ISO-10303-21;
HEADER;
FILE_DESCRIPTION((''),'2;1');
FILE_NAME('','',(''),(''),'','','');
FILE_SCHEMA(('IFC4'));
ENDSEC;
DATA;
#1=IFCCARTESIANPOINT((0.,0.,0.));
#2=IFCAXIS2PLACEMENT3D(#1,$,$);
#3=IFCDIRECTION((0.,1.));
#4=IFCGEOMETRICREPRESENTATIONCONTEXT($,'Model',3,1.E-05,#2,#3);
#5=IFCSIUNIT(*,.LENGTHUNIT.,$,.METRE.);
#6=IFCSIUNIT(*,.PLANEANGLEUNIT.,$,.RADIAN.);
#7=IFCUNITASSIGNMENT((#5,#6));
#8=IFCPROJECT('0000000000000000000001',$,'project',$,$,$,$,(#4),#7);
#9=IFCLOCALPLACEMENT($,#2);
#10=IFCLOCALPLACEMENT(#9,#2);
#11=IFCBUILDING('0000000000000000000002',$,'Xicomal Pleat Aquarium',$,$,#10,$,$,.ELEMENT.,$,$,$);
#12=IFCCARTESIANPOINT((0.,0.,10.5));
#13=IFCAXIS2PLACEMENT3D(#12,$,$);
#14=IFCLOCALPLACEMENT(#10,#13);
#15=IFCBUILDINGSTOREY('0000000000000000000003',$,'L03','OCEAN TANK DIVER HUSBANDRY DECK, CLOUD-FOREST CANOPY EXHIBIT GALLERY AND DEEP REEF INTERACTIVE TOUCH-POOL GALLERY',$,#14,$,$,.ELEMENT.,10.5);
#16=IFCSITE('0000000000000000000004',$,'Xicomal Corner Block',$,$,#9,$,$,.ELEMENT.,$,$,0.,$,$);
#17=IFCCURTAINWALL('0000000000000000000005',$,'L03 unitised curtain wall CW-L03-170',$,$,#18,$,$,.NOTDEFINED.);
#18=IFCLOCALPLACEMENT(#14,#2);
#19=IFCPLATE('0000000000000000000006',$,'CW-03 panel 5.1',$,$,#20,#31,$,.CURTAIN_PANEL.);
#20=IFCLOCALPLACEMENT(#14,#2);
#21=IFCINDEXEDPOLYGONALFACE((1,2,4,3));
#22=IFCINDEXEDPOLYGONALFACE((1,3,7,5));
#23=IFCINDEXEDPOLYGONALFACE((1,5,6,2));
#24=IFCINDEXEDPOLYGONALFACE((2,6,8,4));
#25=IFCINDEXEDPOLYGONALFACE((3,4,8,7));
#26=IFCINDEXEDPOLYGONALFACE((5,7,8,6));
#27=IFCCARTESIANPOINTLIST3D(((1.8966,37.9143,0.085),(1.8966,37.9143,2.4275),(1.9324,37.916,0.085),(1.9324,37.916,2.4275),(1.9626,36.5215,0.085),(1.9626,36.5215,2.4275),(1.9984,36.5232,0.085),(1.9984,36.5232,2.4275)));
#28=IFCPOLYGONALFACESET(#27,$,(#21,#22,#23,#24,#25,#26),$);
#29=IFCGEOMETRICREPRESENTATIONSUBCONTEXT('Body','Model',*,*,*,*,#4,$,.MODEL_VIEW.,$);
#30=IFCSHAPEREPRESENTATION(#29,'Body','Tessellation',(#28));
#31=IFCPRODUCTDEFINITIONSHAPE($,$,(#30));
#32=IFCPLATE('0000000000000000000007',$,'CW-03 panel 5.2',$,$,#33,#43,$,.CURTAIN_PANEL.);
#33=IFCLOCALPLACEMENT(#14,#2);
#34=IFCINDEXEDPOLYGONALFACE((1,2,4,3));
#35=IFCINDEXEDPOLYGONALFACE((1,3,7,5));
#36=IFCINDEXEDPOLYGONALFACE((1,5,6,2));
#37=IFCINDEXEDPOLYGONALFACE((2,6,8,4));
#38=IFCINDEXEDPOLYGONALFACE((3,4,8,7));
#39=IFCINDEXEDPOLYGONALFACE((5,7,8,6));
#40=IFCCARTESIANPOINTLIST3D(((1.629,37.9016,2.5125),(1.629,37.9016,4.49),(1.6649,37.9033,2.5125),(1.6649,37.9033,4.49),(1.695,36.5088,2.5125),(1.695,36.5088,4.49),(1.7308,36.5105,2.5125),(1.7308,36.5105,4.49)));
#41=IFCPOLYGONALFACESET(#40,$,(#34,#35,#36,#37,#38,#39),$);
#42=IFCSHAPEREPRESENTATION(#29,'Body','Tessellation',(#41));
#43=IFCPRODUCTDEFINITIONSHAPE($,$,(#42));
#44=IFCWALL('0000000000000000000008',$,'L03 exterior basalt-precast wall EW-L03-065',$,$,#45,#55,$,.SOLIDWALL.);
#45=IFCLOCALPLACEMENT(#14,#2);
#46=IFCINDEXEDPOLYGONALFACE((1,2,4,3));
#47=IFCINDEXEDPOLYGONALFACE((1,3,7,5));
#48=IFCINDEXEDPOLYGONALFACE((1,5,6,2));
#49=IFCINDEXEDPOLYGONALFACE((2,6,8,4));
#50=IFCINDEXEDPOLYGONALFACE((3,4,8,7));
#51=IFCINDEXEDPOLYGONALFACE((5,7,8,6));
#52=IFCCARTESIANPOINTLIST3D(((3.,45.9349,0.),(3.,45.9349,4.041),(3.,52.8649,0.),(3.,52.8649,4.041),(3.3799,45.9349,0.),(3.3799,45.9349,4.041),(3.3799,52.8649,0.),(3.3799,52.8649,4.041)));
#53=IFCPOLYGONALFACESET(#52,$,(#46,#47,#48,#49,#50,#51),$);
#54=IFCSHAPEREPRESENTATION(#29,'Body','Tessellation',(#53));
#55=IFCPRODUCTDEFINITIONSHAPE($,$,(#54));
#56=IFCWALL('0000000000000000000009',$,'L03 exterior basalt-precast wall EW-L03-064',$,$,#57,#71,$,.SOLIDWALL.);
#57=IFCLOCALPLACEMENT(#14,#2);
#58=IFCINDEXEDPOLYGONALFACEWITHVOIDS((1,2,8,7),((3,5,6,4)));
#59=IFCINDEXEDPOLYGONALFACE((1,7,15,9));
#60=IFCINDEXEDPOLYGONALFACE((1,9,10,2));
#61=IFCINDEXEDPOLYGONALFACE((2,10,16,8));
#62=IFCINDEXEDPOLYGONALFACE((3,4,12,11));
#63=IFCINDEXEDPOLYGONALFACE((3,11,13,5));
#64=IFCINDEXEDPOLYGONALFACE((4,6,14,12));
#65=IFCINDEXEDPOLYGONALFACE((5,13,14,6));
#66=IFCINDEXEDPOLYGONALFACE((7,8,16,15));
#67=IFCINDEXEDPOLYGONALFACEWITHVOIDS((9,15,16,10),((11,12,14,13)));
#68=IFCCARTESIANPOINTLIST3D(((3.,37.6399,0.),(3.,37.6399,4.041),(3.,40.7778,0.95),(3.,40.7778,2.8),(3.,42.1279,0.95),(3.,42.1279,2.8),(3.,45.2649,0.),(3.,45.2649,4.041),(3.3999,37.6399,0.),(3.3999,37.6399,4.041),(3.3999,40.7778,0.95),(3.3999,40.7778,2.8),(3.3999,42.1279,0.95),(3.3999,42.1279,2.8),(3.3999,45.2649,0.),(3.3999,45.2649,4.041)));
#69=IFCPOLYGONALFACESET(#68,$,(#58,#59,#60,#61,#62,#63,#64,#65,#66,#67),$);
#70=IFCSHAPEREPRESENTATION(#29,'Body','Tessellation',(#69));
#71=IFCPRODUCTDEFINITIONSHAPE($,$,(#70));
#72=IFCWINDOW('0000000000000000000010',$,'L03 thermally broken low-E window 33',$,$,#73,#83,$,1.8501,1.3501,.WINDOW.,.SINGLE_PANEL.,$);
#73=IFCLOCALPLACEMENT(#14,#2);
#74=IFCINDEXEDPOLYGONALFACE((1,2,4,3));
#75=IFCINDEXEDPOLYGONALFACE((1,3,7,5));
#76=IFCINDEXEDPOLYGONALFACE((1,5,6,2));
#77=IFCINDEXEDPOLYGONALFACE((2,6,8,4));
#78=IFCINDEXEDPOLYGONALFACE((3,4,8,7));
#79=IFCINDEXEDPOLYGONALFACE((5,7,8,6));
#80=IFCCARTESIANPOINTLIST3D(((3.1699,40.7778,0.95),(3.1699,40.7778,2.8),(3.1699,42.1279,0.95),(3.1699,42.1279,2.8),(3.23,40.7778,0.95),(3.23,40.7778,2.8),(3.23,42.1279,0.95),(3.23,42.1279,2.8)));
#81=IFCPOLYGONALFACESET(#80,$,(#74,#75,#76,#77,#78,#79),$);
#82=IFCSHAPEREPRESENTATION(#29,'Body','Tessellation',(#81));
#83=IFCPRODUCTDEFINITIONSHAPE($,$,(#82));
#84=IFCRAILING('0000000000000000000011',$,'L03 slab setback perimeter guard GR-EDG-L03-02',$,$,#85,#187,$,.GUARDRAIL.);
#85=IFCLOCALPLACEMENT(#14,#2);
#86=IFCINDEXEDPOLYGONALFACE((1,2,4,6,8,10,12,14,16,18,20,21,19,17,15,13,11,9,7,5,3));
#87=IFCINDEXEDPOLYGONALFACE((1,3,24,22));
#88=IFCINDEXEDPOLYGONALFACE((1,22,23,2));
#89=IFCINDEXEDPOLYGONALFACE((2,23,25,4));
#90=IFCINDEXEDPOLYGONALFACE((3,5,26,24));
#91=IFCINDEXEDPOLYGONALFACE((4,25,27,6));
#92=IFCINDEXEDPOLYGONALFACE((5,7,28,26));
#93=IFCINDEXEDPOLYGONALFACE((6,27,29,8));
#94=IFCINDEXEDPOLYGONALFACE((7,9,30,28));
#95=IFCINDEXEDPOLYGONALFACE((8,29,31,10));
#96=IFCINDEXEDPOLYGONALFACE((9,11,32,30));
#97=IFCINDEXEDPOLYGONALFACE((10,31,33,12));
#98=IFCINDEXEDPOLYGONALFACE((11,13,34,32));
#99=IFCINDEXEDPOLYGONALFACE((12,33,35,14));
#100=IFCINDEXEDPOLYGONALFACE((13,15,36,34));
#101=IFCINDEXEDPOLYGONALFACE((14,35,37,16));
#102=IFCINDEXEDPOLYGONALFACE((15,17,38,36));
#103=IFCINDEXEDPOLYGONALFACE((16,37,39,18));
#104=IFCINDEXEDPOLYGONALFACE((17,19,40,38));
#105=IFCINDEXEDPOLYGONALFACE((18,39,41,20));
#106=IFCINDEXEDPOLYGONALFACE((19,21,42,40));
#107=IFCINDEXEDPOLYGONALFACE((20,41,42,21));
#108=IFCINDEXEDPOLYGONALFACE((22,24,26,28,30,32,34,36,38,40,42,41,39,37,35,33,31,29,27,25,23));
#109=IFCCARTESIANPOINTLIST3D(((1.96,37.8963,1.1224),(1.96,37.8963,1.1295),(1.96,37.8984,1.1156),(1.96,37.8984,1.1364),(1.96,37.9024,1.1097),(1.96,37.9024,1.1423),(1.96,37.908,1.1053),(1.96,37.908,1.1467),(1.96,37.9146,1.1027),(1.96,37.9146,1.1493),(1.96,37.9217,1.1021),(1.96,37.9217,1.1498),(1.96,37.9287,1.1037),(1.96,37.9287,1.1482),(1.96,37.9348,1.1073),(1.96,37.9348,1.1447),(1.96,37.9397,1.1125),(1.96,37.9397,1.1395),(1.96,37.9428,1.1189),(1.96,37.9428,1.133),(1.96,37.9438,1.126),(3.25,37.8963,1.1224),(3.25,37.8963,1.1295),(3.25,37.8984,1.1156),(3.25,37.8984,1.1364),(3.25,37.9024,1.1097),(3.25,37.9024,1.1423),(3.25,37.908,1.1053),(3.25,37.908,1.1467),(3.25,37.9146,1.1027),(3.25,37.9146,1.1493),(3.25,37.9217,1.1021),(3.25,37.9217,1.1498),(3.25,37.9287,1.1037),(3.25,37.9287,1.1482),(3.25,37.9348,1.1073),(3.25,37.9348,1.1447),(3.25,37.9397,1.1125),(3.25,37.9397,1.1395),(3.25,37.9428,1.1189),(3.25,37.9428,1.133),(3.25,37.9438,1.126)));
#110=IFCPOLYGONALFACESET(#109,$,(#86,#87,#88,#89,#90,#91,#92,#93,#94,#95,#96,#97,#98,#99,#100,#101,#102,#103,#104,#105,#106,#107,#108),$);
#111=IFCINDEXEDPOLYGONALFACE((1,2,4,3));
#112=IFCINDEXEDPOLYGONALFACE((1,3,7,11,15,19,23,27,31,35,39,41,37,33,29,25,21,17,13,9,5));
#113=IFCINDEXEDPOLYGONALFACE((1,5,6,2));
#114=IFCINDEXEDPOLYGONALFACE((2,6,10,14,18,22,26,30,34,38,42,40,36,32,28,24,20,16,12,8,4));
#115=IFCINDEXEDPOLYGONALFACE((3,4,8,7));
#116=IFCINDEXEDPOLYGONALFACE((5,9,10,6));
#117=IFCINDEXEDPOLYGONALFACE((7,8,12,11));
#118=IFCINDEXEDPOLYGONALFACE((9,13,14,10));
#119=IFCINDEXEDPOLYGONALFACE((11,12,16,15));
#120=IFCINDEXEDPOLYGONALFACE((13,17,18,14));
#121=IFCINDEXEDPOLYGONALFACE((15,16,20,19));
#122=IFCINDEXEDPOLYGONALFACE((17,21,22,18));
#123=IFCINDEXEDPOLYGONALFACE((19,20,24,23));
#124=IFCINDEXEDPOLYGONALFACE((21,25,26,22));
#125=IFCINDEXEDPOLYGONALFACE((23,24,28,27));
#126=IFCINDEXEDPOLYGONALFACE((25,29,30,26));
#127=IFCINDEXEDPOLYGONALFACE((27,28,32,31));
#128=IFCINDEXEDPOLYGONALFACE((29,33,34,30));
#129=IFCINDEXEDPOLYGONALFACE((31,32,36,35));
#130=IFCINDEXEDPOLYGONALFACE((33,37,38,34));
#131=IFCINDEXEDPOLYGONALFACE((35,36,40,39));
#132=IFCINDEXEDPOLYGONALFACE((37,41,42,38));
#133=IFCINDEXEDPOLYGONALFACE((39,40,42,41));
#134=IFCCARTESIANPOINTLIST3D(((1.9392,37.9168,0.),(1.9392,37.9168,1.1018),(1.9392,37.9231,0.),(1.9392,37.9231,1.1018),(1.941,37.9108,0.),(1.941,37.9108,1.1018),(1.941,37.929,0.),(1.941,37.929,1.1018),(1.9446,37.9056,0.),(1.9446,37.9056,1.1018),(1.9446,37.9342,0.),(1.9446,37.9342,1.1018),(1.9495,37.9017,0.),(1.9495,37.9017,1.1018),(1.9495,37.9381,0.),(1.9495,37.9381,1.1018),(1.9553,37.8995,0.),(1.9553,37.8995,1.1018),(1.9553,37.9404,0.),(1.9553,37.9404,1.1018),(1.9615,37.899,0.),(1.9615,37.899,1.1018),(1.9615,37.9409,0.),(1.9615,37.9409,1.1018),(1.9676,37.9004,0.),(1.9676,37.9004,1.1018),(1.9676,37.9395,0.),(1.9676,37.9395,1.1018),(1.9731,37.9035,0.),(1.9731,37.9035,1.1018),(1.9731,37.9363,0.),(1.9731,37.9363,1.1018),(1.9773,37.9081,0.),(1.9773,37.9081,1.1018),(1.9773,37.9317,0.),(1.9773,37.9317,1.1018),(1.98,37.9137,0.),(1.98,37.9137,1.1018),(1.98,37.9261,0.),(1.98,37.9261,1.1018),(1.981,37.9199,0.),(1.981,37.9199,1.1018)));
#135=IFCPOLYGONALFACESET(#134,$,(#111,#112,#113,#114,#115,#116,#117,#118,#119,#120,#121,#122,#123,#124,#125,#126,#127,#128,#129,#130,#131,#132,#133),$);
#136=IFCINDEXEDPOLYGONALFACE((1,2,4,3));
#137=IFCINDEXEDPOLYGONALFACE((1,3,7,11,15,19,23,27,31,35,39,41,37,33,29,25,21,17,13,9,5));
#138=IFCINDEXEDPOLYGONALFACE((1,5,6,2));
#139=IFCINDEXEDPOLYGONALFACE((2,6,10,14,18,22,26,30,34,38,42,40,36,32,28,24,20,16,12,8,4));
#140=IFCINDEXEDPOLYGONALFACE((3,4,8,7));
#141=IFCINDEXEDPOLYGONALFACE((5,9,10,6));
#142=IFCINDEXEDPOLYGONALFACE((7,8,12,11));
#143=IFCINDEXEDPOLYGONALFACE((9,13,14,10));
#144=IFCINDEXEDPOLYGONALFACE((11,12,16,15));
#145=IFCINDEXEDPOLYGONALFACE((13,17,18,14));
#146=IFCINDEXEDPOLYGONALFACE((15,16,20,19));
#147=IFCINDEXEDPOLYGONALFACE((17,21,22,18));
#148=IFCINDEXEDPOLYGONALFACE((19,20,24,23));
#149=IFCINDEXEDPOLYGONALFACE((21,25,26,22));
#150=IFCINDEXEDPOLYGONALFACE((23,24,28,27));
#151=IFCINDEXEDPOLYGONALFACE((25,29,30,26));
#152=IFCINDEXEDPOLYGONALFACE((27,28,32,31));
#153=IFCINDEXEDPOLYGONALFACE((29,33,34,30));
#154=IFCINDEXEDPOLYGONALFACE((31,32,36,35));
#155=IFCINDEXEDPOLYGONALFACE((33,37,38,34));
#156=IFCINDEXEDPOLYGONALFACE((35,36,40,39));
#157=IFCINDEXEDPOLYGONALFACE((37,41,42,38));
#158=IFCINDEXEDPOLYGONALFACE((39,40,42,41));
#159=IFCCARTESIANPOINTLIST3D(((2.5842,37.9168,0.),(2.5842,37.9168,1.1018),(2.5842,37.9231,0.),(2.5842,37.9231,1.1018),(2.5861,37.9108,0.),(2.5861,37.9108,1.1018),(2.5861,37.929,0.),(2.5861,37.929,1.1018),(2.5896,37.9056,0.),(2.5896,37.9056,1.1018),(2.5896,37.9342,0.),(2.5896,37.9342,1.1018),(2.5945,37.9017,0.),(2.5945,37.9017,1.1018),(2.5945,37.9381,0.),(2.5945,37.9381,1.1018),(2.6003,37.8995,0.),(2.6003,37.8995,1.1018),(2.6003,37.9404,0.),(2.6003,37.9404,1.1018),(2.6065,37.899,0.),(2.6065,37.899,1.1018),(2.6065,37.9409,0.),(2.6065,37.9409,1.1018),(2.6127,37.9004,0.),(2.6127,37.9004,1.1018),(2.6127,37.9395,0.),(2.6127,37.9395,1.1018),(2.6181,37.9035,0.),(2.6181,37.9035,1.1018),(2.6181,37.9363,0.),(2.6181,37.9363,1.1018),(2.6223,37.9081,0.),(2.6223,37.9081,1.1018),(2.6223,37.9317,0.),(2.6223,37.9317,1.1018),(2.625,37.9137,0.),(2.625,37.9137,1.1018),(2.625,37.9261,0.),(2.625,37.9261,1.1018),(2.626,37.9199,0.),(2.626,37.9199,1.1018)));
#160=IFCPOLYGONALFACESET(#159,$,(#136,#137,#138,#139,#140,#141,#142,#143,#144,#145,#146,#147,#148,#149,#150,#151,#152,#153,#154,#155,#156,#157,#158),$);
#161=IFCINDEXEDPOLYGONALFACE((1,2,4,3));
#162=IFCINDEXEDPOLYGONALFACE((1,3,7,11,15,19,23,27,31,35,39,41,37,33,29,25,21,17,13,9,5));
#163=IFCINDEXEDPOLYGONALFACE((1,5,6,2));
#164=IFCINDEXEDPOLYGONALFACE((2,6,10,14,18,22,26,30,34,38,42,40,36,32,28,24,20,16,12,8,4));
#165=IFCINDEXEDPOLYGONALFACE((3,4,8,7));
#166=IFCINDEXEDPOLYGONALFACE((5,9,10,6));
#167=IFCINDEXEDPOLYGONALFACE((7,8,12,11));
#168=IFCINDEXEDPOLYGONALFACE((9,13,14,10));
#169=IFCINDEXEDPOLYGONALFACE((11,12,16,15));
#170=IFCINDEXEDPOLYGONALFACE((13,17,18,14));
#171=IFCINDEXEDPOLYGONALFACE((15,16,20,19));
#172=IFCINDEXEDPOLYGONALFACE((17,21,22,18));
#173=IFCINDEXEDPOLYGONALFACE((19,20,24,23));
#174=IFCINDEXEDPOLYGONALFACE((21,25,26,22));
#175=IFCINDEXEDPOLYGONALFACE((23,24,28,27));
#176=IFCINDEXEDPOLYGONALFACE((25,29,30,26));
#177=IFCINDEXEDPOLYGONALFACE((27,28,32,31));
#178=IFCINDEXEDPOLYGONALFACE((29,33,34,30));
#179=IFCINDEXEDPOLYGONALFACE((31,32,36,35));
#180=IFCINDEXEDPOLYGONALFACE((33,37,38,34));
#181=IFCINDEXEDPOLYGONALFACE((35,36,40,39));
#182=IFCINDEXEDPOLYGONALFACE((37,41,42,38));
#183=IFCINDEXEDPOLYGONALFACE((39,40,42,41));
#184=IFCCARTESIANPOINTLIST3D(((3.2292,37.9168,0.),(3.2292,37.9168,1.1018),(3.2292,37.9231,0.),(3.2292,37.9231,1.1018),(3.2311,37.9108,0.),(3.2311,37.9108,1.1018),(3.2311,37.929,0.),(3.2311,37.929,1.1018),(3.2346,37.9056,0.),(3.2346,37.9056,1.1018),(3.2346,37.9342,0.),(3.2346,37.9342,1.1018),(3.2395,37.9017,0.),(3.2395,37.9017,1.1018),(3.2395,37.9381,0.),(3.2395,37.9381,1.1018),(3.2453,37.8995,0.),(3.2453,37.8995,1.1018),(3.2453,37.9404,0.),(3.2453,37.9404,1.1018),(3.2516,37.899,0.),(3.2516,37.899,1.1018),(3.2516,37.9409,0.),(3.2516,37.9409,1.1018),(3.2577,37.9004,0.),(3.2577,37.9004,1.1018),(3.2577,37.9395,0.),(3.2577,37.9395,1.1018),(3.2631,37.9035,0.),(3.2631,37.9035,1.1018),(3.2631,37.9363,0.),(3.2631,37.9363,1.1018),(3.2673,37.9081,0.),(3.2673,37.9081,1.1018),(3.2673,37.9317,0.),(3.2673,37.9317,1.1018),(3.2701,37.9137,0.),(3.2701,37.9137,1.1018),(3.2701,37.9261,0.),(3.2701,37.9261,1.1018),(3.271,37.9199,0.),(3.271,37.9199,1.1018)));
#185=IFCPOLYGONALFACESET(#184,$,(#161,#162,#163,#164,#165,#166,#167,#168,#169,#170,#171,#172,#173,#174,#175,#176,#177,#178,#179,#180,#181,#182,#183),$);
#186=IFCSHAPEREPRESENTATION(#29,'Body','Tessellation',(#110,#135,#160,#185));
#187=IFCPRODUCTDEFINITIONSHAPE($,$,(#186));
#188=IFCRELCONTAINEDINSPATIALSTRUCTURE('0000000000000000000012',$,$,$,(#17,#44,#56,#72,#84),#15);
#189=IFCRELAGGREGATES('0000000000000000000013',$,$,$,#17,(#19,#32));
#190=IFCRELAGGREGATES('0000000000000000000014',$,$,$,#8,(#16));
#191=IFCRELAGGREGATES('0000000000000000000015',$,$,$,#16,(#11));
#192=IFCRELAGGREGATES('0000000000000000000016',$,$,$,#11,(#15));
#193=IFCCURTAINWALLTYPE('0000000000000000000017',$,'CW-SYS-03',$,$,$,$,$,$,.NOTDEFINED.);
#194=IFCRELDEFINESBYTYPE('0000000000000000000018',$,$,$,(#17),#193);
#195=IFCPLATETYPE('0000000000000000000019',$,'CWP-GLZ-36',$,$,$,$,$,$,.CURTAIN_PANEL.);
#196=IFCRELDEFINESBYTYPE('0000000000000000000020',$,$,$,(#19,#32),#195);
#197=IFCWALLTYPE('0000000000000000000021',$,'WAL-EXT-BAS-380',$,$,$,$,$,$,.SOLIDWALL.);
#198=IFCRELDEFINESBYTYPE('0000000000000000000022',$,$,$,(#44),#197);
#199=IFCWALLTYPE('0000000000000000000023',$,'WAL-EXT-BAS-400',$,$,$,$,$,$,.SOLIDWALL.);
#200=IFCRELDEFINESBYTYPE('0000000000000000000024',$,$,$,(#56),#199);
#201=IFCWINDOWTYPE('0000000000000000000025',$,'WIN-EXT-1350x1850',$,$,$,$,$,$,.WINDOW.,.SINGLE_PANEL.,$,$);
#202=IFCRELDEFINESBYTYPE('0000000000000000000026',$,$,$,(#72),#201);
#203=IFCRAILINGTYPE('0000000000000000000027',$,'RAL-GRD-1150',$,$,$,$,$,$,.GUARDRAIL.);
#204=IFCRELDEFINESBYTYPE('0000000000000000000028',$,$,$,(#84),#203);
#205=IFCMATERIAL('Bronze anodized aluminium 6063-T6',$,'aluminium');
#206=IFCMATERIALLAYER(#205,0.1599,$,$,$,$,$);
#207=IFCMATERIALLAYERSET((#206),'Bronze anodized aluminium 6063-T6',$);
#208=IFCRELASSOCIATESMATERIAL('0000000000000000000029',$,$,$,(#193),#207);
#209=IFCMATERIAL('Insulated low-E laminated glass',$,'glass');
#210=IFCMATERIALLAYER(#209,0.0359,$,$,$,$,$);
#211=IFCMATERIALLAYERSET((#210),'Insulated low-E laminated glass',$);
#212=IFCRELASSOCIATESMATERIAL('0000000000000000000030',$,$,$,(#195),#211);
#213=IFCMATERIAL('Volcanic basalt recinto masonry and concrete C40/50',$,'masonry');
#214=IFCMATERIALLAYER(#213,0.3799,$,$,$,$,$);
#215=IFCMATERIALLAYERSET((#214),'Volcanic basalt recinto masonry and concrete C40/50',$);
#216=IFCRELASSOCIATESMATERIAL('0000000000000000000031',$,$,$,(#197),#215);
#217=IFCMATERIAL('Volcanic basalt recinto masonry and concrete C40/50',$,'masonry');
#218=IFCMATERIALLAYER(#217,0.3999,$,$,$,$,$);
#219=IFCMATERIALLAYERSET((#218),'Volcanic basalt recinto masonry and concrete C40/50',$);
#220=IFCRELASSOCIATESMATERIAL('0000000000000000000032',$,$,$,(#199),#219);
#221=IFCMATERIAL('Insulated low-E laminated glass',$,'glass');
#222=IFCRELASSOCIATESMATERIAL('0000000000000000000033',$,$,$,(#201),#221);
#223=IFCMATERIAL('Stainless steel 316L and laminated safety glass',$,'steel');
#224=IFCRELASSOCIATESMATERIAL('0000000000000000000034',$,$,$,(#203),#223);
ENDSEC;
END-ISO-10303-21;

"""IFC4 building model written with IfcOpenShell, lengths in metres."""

from ifc_helpers import new_model, si_unit, direction, frame, frame_2d, origin, origin_2d, place, context, subcontext, project, spatial, rectangle, circle, extrude, material, layer, layer_set, type_object, element, fill, aggregate, save


model = new_model("IFC4")

# Units and contexts
model_context = context("Model", 3, precision=1e-05, world=origin(), true_north=direction((0.0, 1.0)))
body_context = subcontext(model_context, "Body", "Model", "MODEL_VIEW")
ifc_project = project(units=[si_unit("LENGTHUNIT", "METRE"), si_unit("PLANEANGLEUNIT", "RADIAN")], contexts=[model_context])

# Site, building, storey
site_placement = place(None, origin())
site = spatial("IfcSite", under=ifc_project, at=site_placement, Name="Xicomal Corner Block", CompositionType="ELEMENT", RefElevation=0.0)
building_placement = place(site_placement, origin())
building = spatial("IfcBuilding", under=site, at=building_placement, Name="Xicomal Pleat Aquarium", CompositionType="ELEMENT")
storey_placement = place(building_placement, frame((0.0, 0.0, 10.5)))
storey = spatial("IfcBuildingStorey", under=building, at=storey_placement, Name="L03", Description="OCEAN TANK DIVER HUSBANDRY DECK, CLOUD-FOREST CANOPY EXHIBIT GALLERY AND DEEP REEF INTERACTIVE TOUCH-POOL GALLERY", CompositionType="ELEMENT", Elevation=10.5)

# Curtain wall, plates
ifc_material_1 = material(Name="Bronze anodized aluminium 6063-T6", Category="aluminium")
ifc_layer_1 = layer(ifc_material_1, 0.1599)
ifc_layer_set_1 = layer_set([ifc_layer_1], Name="Bronze anodized aluminium 6063-T6")
curtain_wall_type = type_object("IfcCurtainWallType", Name="CW-SYS-03", PredefinedType="NOTDEFINED", material=ifc_layer_set_1)
curtain_wall_placement = place(storey_placement, origin())
curtain_wall = element("IfcCurtainWall", 1, at=curtain_wall_placement, inside=storey, type_object=curtain_wall_type, Name="L03 unitised curtain wall CW-L03-170", PredefinedType="NOTDEFINED")
ifc_material_2 = material(Name="Insulated low-E laminated glass", Category="glass")
ifc_layer_2 = layer(ifc_material_2, 0.0359)
ifc_layer_set_2 = layer_set([ifc_layer_2], Name="Insulated low-E laminated glass")
plate_type = type_object("IfcPlateType", Name="CWP-GLZ-36", PredefinedType="CURTAIN_PANEL", material=ifc_layer_set_2)
plate_1_placement = place(storey_placement, frame((1.9475, 37.2188, 0.085), z_axis=(0.0, 0.0, 1.0), x_axis=(-0.047315, 0.99888, 0.0)))
plate_1 = element("IfcPlate", 2, at=plate_1_placement, type_object=plate_type, Name="CW-03 panel 5.1", PredefinedType="CURTAIN_PANEL", context=body_context, shape_type="SweptSolid", body=[
    extrude(rectangle(XDim=1.3943, YDim=0.0359, at=origin_2d()), origin(), (0.0, 0.0, 1.0), 2.3425),
])
plate_2_placement = place(storey_placement, frame((1.6799, 37.2061, 2.5125), z_axis=(0.0, 0.0, 1.0), x_axis=(-0.047315, 0.99888, 0.0)))
plate_2 = element("IfcPlate", 3, at=plate_2_placement, type_object=plate_type, Name="CW-03 panel 5.2", PredefinedType="CURTAIN_PANEL", context=body_context, shape_type="SweptSolid", body=[
    extrude(rectangle(XDim=1.3943, YDim=0.0359, at=origin_2d()), origin(), (0.0, 0.0, 1.0), 1.9775),
])
aggregate(curtain_wall, [plate_1, plate_2])

# Wall
ifc_material_3 = material(Name="Volcanic basalt recinto masonry and concrete C40/50", Category="masonry")
ifc_layer_3 = layer(ifc_material_3, 0.3799)
ifc_layer_set_3 = layer_set([ifc_layer_3], Name="Volcanic basalt recinto masonry and concrete C40/50")
wall_type_1 = type_object("IfcWallType", Name="WAL-EXT-BAS-380", PredefinedType="SOLIDWALL", material=ifc_layer_set_3)
wall_1_placement = place(storey_placement, frame((3.1899, 45.9351, 0.0), z_axis=(0.0, 0.0, 1.0), x_axis=(0.0, 1.0, 0.0)))
element("IfcWall", 4, at=wall_1_placement, inside=storey, type_object=wall_type_1, Name="L03 exterior basalt-precast wall EW-L03-065", PredefinedType="SOLIDWALL", context=body_context, shape_type="SweptSolid", body=[
    extrude(rectangle(XDim=6.9299, YDim=0.3799, at=frame_2d((3.4648, 0.0))), origin(), (0.0, 0.0, 1.0), 4.041),
])

# Wall, opening, window
ifc_material_4 = material(Name="Volcanic basalt recinto masonry and concrete C40/50", Category="masonry")
ifc_layer_4 = layer(ifc_material_4, 0.3999)
ifc_layer_set_4 = layer_set([ifc_layer_4], Name="Volcanic basalt recinto masonry and concrete C40/50")
wall_type_2 = type_object("IfcWallType", Name="WAL-EXT-BAS-400", PredefinedType="SOLIDWALL", material=ifc_layer_set_4)
wall_2_placement = place(storey_placement, frame((3.2, 37.6399, 0.0), z_axis=(0.0, 0.0, 1.0), x_axis=(0.0, 1.0, 0.0)))
wall_2 = element("IfcWall", 5, at=wall_2_placement, inside=storey, type_object=wall_type_2, Name="L03 exterior basalt-precast wall EW-L03-064", PredefinedType="SOLIDWALL", context=body_context, shape_type="SweptSolid", body=[
    extrude(rectangle(XDim=7.625, YDim=0.3999, at=frame_2d((3.8125, 0.0))), origin(), (0.0, 0.0, 1.0), 4.041),
])
opening_placement = place(wall_2_placement, frame((3.1379, 0.0, 0.95)))
opening = element("IfcOpeningElement", 6, at=opening_placement, cuts=wall_2, PredefinedType="OPENING", context=body_context, shape_type="SweptSolid", body=[
    extrude(rectangle(XDim=1.3501, YDim=1.8501, at=frame_2d((0.675, 0.925))), frame((0.0, 0.21, 0.0), z_axis=(0.0, -1.0, 0.0), x_axis=(1.0, 0.0, 0.0)), (0.0, 0.0, 1.0), 0.4199),
])
ifc_material_5 = material(Name="Insulated low-E laminated glass", Category="glass")
window_type = type_object("IfcWindowType", Name="WIN-EXT-1350x1850", PartitioningType="SINGLE_PANEL", PredefinedType="WINDOW", material=ifc_material_5)
window_placement = place(opening_placement, origin())
window = element("IfcWindow", 7, at=window_placement, inside=storey, type_object=window_type, Name="L03 thermally broken low-E window 33", OverallHeight=1.8501, OverallWidth=1.3501, PartitioningType="SINGLE_PANEL", PredefinedType="WINDOW", context=body_context, shape_type="SweptSolid", body=[
    extrude(rectangle(XDim=1.3501, YDim=1.8501, at=frame_2d((0.675, 0.925))), frame((0.0, 0.03, 0.0), z_axis=(0.0, -1.0, 0.0), x_axis=(1.0, 0.0, 0.0)), (0.0, 0.0, 1.0), 0.0601),
])
fill(opening, window)

# Railing
ifc_material_6 = material(Name="Stainless steel 316L and laminated safety glass", Category="steel")
railing_type = type_object("IfcRailingType", Name="RAL-GRD-1150", PredefinedType="GUARDRAIL", material=ifc_material_6)
railing_placement = place(storey_placement, frame((1.96, 37.9199, 0.0)))
element("IfcRailing", 8, at=railing_placement, inside=storey, type_object=railing_type, Name="L03 slab setback perimeter guard GR-EDG-L03-02", PredefinedType="GUARDRAIL", context=body_context, shape_type="SweptSolid", body=[
    extrude(circle(Radius=0.0239, at=origin_2d()), frame((0.0, 0.0, 1.126), z_axis=(1.0, 0.0, 0.0), x_axis=(0.0, 1.0, 0.0)), (0.0, 0.0, 1.0), 1.29),
    extrude(circle(Radius=0.021, at=origin_2d()), origin(), (0.0, 0.0, 1.0), 1.1018),
    extrude(circle(Radius=0.021, at=origin_2d()), frame((0.645, 0.0, 0.0)), (0.0, 0.0, 1.0), 1.1018),
    extrude(circle(Radius=0.021, at=origin_2d()), frame((1.29, 0.0, 0.0)), (0.0, 0.0, 1.0), 1.1018),
])

save(model, "model.ifc")
